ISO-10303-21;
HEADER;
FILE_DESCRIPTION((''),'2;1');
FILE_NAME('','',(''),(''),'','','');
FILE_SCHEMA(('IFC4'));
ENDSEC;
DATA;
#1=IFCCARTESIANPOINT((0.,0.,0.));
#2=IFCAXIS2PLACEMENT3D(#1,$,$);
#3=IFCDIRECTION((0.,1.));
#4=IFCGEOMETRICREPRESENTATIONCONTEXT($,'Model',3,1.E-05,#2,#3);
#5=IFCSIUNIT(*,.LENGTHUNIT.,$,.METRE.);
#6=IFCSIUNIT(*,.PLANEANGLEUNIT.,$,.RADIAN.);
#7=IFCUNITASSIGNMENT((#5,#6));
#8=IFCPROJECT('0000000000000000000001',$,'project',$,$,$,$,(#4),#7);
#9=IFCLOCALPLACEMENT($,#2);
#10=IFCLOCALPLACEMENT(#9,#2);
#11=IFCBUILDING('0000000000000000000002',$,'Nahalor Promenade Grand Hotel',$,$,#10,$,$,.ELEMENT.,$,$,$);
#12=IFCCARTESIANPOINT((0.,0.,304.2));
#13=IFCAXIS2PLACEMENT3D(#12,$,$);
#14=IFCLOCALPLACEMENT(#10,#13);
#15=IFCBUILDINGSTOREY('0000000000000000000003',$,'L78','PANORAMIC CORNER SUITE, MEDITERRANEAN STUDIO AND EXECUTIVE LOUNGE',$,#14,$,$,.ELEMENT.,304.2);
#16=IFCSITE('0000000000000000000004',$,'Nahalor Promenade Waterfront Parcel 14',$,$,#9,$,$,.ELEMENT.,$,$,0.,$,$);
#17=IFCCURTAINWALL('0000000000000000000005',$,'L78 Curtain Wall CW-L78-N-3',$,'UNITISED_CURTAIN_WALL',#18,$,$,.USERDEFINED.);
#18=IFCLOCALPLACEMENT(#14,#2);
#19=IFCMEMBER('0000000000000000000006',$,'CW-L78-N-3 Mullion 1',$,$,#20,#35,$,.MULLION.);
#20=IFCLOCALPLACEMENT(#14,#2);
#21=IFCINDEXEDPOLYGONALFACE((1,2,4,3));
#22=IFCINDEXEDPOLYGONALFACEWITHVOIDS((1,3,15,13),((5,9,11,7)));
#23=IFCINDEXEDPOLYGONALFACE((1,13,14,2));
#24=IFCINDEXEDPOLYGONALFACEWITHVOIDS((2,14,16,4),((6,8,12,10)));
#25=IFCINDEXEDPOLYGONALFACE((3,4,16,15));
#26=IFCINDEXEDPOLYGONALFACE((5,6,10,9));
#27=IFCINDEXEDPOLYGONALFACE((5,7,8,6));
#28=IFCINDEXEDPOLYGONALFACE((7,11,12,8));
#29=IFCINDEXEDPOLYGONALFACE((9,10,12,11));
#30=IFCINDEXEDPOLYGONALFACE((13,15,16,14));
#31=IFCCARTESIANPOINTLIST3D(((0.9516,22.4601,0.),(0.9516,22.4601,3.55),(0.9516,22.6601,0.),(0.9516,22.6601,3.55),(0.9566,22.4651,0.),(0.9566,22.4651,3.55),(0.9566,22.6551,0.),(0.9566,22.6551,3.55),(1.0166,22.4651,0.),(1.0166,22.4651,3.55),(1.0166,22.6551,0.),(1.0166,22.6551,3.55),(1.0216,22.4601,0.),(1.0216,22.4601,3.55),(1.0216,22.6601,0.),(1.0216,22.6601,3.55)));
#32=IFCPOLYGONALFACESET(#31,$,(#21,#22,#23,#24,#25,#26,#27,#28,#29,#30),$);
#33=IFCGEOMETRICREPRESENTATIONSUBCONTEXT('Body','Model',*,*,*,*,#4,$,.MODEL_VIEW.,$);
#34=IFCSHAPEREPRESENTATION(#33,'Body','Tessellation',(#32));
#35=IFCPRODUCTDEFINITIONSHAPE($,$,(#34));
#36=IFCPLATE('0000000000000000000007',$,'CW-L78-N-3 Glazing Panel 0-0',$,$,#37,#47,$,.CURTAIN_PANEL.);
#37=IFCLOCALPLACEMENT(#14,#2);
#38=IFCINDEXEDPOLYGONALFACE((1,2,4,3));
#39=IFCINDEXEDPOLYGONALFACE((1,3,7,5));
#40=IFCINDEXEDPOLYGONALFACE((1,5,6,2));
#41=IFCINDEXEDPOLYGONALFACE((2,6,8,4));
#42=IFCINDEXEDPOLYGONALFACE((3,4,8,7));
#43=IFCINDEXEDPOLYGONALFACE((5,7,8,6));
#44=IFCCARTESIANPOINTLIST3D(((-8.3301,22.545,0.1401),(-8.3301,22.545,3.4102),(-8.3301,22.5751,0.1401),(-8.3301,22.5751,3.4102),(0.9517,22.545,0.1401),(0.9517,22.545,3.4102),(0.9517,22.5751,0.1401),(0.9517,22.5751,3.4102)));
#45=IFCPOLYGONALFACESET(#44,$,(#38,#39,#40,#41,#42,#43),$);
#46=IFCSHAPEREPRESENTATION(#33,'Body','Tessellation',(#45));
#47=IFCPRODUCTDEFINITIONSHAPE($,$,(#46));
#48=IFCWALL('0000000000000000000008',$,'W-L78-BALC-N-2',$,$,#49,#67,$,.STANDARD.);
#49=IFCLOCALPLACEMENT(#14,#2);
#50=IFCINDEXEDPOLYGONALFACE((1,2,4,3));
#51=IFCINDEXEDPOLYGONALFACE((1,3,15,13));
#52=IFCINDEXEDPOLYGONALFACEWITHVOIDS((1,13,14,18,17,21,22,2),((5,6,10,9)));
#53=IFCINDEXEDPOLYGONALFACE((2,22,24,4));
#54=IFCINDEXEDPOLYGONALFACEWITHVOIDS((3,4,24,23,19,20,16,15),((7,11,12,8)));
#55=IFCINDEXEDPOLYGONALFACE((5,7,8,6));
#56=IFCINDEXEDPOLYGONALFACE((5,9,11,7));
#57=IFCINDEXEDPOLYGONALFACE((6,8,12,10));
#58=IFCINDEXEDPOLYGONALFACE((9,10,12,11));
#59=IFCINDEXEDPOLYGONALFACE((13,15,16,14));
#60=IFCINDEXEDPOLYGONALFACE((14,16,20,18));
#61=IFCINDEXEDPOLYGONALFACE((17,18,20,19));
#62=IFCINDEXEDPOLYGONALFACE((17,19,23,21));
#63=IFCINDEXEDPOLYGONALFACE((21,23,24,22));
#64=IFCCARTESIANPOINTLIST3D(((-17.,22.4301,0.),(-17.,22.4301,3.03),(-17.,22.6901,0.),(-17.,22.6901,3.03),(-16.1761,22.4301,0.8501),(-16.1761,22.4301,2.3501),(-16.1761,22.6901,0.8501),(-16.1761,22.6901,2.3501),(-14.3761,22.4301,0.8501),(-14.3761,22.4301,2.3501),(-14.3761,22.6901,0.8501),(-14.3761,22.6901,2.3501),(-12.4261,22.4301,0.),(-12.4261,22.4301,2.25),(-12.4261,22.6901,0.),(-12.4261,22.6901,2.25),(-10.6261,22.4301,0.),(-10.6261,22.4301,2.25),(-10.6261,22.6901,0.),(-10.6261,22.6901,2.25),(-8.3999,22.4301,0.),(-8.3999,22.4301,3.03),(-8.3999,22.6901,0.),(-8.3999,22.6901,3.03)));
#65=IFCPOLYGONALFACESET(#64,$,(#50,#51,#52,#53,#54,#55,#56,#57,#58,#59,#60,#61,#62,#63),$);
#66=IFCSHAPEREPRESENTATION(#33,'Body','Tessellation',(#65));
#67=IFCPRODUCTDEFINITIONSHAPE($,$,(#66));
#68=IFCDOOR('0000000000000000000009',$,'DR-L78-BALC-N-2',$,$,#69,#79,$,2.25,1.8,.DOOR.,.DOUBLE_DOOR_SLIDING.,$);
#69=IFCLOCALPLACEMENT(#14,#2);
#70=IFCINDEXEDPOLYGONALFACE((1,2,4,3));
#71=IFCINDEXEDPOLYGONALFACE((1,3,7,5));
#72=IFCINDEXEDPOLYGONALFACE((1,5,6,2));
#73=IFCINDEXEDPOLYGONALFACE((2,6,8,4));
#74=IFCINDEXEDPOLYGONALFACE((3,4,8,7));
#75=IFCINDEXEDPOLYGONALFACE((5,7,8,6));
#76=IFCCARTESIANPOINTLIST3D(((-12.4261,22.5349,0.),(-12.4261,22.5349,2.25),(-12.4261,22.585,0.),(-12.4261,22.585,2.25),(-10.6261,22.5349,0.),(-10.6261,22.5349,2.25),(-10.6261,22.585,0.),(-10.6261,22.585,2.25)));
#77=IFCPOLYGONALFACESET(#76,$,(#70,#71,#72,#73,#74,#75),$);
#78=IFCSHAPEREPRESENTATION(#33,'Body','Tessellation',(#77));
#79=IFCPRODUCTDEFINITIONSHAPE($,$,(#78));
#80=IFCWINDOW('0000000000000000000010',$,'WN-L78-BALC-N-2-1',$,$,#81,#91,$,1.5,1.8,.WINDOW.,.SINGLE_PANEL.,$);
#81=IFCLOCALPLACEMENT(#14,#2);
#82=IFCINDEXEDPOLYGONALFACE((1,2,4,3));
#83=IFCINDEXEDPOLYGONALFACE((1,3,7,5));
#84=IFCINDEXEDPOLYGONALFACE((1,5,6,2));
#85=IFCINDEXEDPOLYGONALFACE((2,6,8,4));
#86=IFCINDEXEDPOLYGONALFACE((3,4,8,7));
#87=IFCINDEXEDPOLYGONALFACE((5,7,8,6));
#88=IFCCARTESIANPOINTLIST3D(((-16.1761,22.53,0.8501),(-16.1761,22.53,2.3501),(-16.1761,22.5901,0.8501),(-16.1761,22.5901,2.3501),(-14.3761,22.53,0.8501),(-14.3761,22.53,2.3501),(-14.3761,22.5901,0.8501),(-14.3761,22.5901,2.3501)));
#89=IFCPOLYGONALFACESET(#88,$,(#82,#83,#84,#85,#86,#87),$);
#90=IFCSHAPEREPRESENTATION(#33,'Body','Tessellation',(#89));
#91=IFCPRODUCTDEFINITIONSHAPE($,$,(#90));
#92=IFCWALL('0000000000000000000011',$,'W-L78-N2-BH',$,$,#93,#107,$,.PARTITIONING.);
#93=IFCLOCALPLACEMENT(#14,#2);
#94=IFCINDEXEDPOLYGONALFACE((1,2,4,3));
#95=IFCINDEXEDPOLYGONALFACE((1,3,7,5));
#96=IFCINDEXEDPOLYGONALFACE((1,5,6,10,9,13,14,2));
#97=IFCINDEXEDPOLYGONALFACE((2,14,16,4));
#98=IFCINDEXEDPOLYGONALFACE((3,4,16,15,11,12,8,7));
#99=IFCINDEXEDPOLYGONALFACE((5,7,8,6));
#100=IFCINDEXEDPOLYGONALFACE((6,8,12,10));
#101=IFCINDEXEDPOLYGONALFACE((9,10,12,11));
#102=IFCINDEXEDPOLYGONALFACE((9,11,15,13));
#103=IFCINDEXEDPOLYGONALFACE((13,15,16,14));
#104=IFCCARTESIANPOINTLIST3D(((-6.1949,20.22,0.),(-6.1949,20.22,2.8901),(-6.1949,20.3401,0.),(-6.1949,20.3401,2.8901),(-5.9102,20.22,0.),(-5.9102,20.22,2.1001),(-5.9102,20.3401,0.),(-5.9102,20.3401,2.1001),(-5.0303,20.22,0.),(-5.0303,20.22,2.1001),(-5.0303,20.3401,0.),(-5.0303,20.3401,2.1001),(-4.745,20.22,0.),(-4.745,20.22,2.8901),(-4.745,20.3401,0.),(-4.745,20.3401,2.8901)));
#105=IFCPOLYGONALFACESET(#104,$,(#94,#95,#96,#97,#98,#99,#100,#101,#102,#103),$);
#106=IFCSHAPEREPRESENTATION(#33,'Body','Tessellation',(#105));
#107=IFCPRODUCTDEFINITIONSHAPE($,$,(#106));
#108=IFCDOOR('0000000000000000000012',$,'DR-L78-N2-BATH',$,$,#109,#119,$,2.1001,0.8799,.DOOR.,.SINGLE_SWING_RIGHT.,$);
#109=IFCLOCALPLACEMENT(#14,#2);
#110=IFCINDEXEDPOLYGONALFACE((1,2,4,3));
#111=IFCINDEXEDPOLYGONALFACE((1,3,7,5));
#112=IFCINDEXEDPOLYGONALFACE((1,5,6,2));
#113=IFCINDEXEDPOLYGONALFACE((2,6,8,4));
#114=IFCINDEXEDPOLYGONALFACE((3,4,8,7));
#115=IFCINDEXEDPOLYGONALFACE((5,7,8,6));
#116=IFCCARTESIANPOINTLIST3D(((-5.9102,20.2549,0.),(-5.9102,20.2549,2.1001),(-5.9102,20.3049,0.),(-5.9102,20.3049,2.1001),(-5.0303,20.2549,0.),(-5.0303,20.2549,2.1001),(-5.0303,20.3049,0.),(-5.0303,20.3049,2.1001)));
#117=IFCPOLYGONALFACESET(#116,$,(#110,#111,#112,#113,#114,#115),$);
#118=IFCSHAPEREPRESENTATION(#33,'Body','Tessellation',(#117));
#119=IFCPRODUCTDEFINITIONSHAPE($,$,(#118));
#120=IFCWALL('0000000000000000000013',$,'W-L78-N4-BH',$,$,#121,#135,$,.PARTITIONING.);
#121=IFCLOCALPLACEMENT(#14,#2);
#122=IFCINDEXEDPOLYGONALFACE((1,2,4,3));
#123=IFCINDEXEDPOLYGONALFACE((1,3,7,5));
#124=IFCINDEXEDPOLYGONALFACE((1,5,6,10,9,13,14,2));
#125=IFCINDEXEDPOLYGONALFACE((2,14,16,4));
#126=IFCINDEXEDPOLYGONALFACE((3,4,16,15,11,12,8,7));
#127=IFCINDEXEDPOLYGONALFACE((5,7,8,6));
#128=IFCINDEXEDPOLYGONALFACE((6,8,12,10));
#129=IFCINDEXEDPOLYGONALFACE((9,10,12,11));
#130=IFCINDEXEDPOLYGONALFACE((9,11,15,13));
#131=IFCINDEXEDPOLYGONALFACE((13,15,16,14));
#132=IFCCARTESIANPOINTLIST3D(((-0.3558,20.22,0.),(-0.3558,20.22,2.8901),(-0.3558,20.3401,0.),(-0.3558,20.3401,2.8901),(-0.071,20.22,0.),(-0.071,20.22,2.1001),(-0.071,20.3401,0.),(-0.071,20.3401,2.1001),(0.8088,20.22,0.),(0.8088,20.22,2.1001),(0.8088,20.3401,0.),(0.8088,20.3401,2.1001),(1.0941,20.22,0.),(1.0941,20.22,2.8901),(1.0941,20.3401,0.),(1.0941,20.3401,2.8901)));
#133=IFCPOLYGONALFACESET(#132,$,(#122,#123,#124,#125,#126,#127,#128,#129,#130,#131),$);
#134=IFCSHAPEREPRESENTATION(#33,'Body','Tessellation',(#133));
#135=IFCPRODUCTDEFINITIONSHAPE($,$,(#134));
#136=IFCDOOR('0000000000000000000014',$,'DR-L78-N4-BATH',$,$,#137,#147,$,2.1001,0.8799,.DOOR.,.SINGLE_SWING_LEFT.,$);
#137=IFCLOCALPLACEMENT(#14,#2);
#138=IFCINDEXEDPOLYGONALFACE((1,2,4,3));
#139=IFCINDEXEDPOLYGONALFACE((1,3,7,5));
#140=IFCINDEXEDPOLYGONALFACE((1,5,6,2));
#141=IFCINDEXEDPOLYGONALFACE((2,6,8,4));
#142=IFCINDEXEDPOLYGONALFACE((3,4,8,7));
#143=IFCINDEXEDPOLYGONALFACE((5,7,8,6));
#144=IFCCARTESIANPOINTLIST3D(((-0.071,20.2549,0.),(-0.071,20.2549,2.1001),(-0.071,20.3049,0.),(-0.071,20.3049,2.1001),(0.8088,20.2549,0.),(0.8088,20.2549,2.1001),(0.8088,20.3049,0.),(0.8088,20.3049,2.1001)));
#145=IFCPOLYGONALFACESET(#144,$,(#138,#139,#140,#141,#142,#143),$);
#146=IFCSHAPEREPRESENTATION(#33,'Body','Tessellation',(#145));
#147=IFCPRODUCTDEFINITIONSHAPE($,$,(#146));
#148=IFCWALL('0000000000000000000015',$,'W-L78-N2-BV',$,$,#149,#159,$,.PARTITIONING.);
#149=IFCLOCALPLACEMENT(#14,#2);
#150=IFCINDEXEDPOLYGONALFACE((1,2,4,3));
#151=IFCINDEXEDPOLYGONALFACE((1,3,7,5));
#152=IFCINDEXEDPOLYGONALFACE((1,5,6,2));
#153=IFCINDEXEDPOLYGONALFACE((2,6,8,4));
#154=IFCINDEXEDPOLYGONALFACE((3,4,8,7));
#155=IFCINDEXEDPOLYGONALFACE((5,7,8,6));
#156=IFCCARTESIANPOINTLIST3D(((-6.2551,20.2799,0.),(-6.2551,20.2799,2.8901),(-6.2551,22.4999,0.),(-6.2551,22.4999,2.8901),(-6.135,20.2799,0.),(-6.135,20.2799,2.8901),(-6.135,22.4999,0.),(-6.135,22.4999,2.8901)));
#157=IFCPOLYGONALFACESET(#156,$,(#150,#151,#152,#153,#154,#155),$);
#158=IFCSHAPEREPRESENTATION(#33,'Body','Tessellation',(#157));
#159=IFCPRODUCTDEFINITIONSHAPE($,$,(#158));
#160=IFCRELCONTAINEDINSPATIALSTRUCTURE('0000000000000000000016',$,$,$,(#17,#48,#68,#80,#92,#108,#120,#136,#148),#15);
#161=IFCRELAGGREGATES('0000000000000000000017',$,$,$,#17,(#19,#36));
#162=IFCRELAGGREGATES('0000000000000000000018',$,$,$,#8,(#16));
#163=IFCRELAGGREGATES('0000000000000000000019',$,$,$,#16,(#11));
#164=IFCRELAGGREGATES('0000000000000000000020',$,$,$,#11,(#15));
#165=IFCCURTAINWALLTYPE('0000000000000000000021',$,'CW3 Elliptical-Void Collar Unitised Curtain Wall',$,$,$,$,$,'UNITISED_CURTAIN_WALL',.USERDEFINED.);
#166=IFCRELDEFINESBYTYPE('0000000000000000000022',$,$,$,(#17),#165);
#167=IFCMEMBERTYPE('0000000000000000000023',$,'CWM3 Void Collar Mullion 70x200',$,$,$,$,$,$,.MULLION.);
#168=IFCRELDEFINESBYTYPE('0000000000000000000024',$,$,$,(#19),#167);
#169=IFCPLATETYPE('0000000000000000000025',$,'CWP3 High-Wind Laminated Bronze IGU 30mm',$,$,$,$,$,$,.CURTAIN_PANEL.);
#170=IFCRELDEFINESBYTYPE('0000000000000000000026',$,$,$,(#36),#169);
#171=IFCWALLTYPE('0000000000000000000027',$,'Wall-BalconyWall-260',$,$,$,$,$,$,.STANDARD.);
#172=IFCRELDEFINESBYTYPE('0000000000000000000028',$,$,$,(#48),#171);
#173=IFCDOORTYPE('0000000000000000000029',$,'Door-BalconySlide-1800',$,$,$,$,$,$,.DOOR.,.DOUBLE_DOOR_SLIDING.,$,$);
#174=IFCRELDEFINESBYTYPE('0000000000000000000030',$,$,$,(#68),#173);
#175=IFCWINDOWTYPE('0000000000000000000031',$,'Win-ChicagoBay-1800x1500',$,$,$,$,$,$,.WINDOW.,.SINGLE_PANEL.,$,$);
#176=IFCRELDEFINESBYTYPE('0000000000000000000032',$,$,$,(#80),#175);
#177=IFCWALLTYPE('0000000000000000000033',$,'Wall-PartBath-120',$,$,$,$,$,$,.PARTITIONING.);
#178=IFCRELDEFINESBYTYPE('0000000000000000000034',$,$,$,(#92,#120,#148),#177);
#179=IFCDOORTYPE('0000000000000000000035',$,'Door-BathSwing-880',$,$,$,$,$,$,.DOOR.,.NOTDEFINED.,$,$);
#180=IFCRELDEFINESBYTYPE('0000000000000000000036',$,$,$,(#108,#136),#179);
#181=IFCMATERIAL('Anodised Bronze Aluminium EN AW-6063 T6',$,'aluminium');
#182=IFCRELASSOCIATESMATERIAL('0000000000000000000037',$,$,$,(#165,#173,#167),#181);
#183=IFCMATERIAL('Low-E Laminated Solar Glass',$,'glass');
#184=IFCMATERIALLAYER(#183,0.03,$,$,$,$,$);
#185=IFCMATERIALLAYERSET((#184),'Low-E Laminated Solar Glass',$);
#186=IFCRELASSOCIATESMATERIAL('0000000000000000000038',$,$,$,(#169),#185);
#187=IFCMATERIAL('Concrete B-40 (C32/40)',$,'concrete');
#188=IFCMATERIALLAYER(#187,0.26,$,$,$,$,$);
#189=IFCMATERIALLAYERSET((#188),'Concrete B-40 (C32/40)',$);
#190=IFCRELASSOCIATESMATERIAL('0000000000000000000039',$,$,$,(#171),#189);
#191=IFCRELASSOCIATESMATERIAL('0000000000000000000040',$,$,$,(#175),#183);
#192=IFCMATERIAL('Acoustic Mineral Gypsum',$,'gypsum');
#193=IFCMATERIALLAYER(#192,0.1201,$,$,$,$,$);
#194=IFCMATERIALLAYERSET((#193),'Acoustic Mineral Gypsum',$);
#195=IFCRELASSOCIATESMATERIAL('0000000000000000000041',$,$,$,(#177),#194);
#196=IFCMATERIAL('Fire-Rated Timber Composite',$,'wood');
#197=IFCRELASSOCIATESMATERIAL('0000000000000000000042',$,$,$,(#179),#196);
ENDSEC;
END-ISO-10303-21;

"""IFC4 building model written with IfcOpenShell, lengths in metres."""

from ifc_helpers import new_model, si_unit, direction, frame, frame_2d, origin, origin_2d, place, context, subcontext, project, spatial, rectangle, hollow_rectangle, extrude, source, transform, mapped, material, layer, layer_set, material_profile, profile_set, type_object, element, fill, aggregate, save


model = new_model("IFC4")

# Units and contexts
model_context = context("Model", 3, precision=1e-05, world=origin(), true_north=direction((0.0, 1.0)))
body_context = subcontext(model_context, "Body", "Model", "MODEL_VIEW")
ifc_project = project(units=[si_unit("LENGTHUNIT", "METRE"), si_unit("PLANEANGLEUNIT", "RADIAN")], contexts=[model_context])

# Site, building, storey
site_placement = place(None, origin())
site = spatial("IfcSite", under=ifc_project, at=site_placement, Name="Nahalor Promenade Waterfront Parcel 14", CompositionType="ELEMENT", RefElevation=0.0)
building_placement = place(site_placement, origin())
building = spatial("IfcBuilding", under=site, at=building_placement, Name="Nahalor Promenade Grand Hotel", CompositionType="ELEMENT")
storey_placement = place(building_placement, frame((0.0, 0.0, 304.2)))
storey = spatial("IfcBuildingStorey", under=building, at=storey_placement, Name="L78", Description="PANORAMIC CORNER SUITE, MEDITERRANEAN STUDIO AND EXECUTIVE LOUNGE", CompositionType="ELEMENT", Elevation=304.2)

# Curtain wall, member, plate
ifc_material_1 = material(Name="Anodised Bronze Aluminium EN AW-6063 T6", Category="aluminium")
curtain_wall_type = type_object("IfcCurtainWallType", Name="CW3 Elliptical-Void Collar Unitised Curtain Wall", ElementType="UNITISED_CURTAIN_WALL", PredefinedType="USERDEFINED", material=ifc_material_1)
curtain_wall_placement = place(storey_placement, origin())
curtain_wall = element("IfcCurtainWall", 1, at=curtain_wall_placement, inside=storey, type_object=curtain_wall_type, Name="L78 Curtain Wall CW-L78-N-3", ObjectType="UNITISED_CURTAIN_WALL", PredefinedType="USERDEFINED")
ifc_material_profile_1 = material_profile(ifc_material_1, hollow_rectangle(XDim=0.07, YDim=0.2, WallThickness=0.005, at=origin_2d()), Name="CWM 70x200x5")
ifc_profile_set_1 = profile_set([ifc_material_profile_1], Name="Anodised Bronze Aluminium EN AW-6063 T6")
member_type_1 = type_object("IfcMemberType", Name="CWM3 Void Collar Mullion 70x200", PredefinedType="MULLION", material=ifc_profile_set_1)
shared_shape_1 = source(origin(), body_context, "Body", "SweptSolid", [
    extrude(hollow_rectangle(XDim=0.07, YDim=0.2, WallThickness=0.005, at=origin_2d()), origin(), (0.0, 0.0, 1.0), 3.55),
])
member_1_placement = place(storey_placement, frame((0.9866, 22.5601, 0.0), z_axis=(0.0, 0.0, 1.0), x_axis=(1.0, 0.0, 0.0)))
member_1 = element("IfcMember", 2, at=member_1_placement, type_object=member_type_1, Name="CW-L78-N-3 Mullion 1", PredefinedType="MULLION", context=body_context, shape_type="MappedRepresentation", body=[
    mapped(shared_shape_1, transform((0.0, 0.0, 0.0), scale=1.0)),
])
ifc_material_2 = material(Name="Low-E Laminated Solar Glass", Category="glass")
ifc_layer_1 = layer(ifc_material_2, 0.03)
ifc_layer_set_1 = layer_set([ifc_layer_1], Name="Low-E Laminated Solar Glass")
plate_type = type_object("IfcPlateType", Name="CWP3 High-Wind Laminated Bronze IGU 30mm", PredefinedType="CURTAIN_PANEL", material=ifc_layer_set_1)
shared_shape_2 = source(origin(), body_context, "Body", "SweptSolid", [
    extrude(rectangle(XDim=9.2817, YDim=0.03, at=origin_2d()), origin(), (0.0, 0.0, 1.0), 3.27),
])
plate_placement = place(storey_placement, frame((-3.6892, 22.5601, 0.1401), z_axis=(0.0, 0.0, 1.0), x_axis=(1.0, 0.0, 0.0)))
plate = element("IfcPlate", 3, at=plate_placement, type_object=plate_type, Name="CW-L78-N-3 Glazing Panel 0-0", PredefinedType="CURTAIN_PANEL", context=body_context, shape_type="MappedRepresentation", body=[
    mapped(shared_shape_2, transform((0.0, 0.0, 0.0), scale=1.0)),
])
aggregate(curtain_wall, [member_1, plate])

# Wall, openings, door, window
ifc_material_3 = material(Name="Concrete B-40 (C32/40)", Category="concrete")
ifc_layer_2 = layer(ifc_material_3, 0.26)
ifc_layer_set_2 = layer_set([ifc_layer_2], Name="Concrete B-40 (C32/40)")
wall_type_1 = type_object("IfcWallType", Name="Wall-BalconyWall-260", PredefinedType="STANDARD", material=ifc_layer_set_2)
shared_shape_3 = source(origin(), body_context, "Body", "SweptSolid", [
    extrude(rectangle(XDim=8.6001, YDim=0.26, at=frame_2d((4.3, 0.0))), origin(), (0.0, 0.0, 1.0), 3.03),
])
wall_1_placement = place(storey_placement, frame((-17.0, 22.5601, 0.0), z_axis=(0.0, 0.0, 1.0), x_axis=(1.0, 0.0, 0.0)))
wall_1 = element("IfcWall", 4, at=wall_1_placement, inside=storey, type_object=wall_type_1, Name="W-L78-BALC-N-2", PredefinedType="STANDARD", context=body_context, shape_type="MappedRepresentation", body=[
    mapped(shared_shape_3, transform((0.0, 0.0, 0.0), scale=1.0)),
])
opening_1_placement = place(wall_1_placement, frame((4.574, 0.0, 0.0)))
opening_1 = element("IfcOpeningElement", 5, at=opening_1_placement, cuts=wall_1, PredefinedType="OPENING", context=body_context, shape_type="SweptSolid", body=[
    extrude(rectangle(XDim=1.8, YDim=2.25, at=frame_2d((0.8999, 1.125))), frame((0.0, 0.1399, 0.0), z_axis=(0.0, -1.0, 0.0), x_axis=(1.0, 0.0, 0.0)), (0.0, 0.0, 1.0), 0.28),
])
opening_2_placement = place(wall_1_placement, frame((0.824, 0.0, 0.8501)))
opening_2 = element("IfcOpeningElement", 6, at=opening_2_placement, cuts=wall_1, PredefinedType="OPENING", context=body_context, shape_type="SweptSolid", body=[
    extrude(rectangle(XDim=1.8, YDim=1.5, at=frame_2d((0.8999, 0.75))), frame((0.0, 0.1399, 0.0), z_axis=(0.0, -1.0, 0.0), x_axis=(1.0, 0.0, 0.0)), (0.0, 0.0, 1.0), 0.28),
])
door_type_1 = type_object("IfcDoorType", Name="Door-BalconySlide-1800", OperationType="DOUBLE_DOOR_SLIDING", PredefinedType="DOOR", material=ifc_material_1)
shared_shape_4 = source(origin(), body_context, "Body", "SweptSolid", [
    extrude(rectangle(XDim=1.8, YDim=2.25, at=frame_2d((0.8999, 1.125))), frame((0.0, 0.0249, 0.0), z_axis=(0.0, -1.0, 0.0), x_axis=(1.0, 0.0, 0.0)), (0.0, 0.0, 1.0), 0.05),
])
door_1_placement = place(opening_1_placement, origin())
door_1 = element("IfcDoor", 7, at=door_1_placement, inside=storey, type_object=door_type_1, Name="DR-L78-BALC-N-2", OperationType="DOUBLE_DOOR_SLIDING", OverallHeight=2.25, OverallWidth=1.8, PredefinedType="DOOR", context=body_context, shape_type="MappedRepresentation", body=[
    mapped(shared_shape_4, transform((0.0, 0.0, 0.0), scale=1.0)),
])
fill(opening_1, door_1)
window_type = type_object("IfcWindowType", Name="Win-ChicagoBay-1800x1500", PartitioningType="SINGLE_PANEL", PredefinedType="WINDOW", material=ifc_material_2)
shared_shape_5 = source(origin(), body_context, "Body", "SweptSolid", [
    extrude(rectangle(XDim=1.8, YDim=1.5, at=frame_2d((0.8999, 0.75))), frame((0.0, 0.03, 0.0), z_axis=(0.0, -1.0, 0.0), x_axis=(1.0, 0.0, 0.0)), (0.0, 0.0, 1.0), 0.0601),
])
window_placement = place(opening_2_placement, origin())
window = element("IfcWindow", 8, at=window_placement, inside=storey, type_object=window_type, Name="WN-L78-BALC-N-2-1", OverallHeight=1.5, OverallWidth=1.8, PartitioningType="SINGLE_PANEL", PredefinedType="WINDOW", context=body_context, shape_type="MappedRepresentation", body=[
    mapped(shared_shape_5, transform((0.0, 0.0, 0.0), scale=1.0)),
])
fill(opening_2, window)

# Walls, openings, doors
ifc_material_4 = material(Name="Acoustic Mineral Gypsum", Category="gypsum")
ifc_layer_3 = layer(ifc_material_4, 0.1201)
ifc_layer_set_3 = layer_set([ifc_layer_3], Name="Acoustic Mineral Gypsum")
wall_type_2 = type_object("IfcWallType", Name="Wall-PartBath-120", PredefinedType="PARTITIONING", material=ifc_layer_set_3)
shared_shape_6 = source(origin(), body_context, "Body", "SweptSolid", [
    extrude(rectangle(XDim=1.45, YDim=0.1201, at=frame_2d((0.7251, 0.0))), origin(), (0.0, 0.0, 1.0), 2.8901),
])
wall_2_placement = place(storey_placement, frame((-6.1951, 20.28, 0.0), z_axis=(0.0, 0.0, 1.0), x_axis=(1.0, 0.0, 0.0)))
wall_2 = element("IfcWall", 9, at=wall_2_placement, inside=storey, type_object=wall_type_2, Name="W-L78-N2-BH", PredefinedType="PARTITIONING", context=body_context, shape_type="MappedRepresentation", body=[
    mapped(shared_shape_6, transform((0.0, 0.0, 0.0), scale=1.0)),
])
opening_3_placement = place(wall_2_placement, frame((0.2849, 0.0, 0.0)))
opening_3 = element("IfcOpeningElement", 10, at=opening_3_placement, cuts=wall_2, PredefinedType="OPENING", context=body_context, shape_type="SweptSolid", body=[
    extrude(rectangle(XDim=0.8799, YDim=2.1001, at=frame_2d((0.4399, 1.05))), frame((0.0, 0.0701, 0.0), z_axis=(0.0, -1.0, 0.0), x_axis=(1.0, 0.0, 0.0)), (0.0, 0.0, 1.0), 0.1401),
])
ifc_material_5 = material(Name="Fire-Rated Timber Composite", Category="wood")
door_type_2 = type_object("IfcDoorType", Name="Door-BathSwing-880", OperationType="NOTDEFINED", PredefinedType="DOOR", material=ifc_material_5)
shared_shape_7 = source(origin(), body_context, "Body", "SweptSolid", [
    extrude(rectangle(XDim=0.8799, YDim=2.1001, at=frame_2d((0.4399, 1.05))), frame((0.0, 0.0249, 0.0), z_axis=(0.0, -1.0, 0.0), x_axis=(1.0, 0.0, 0.0)), (0.0, 0.0, 1.0), 0.05),
])
door_2_placement = place(opening_3_placement, origin())
door_2 = element("IfcDoor", 11, at=door_2_placement, inside=storey, type_object=door_type_2, Name="DR-L78-N2-BATH", OperationType="SINGLE_SWING_RIGHT", OverallHeight=2.1001, OverallWidth=0.8799, PredefinedType="DOOR", context=body_context, shape_type="MappedRepresentation", body=[
    mapped(shared_shape_7, transform((0.0, 0.0, 0.0), scale=1.0)),
])
fill(opening_3, door_2)
wall_3_placement = place(storey_placement, frame((-0.356, 20.28, 0.0), z_axis=(0.0, 0.0, 1.0), x_axis=(1.0, 0.0, 0.0)))
wall_3 = element("IfcWall", 12, at=wall_3_placement, inside=storey, type_object=wall_type_2, Name="W-L78-N4-BH", PredefinedType="PARTITIONING", context=body_context, shape_type="MappedRepresentation", body=[
    mapped(shared_shape_6, transform((0.0, 0.0, 0.0), scale=1.0)),
])
opening_4_placement = place(wall_3_placement, frame((0.2849, 0.0, 0.0)))
opening_4 = element("IfcOpeningElement", 13, at=opening_4_placement, cuts=wall_3, PredefinedType="OPENING", context=body_context, shape_type="SweptSolid", body=[
    extrude(rectangle(XDim=0.8799, YDim=2.1001, at=frame_2d((0.4399, 1.05))), frame((0.0, 0.0701, 0.0), z_axis=(0.0, -1.0, 0.0), x_axis=(1.0, 0.0, 0.0)), (0.0, 0.0, 1.0), 0.1401),
])
door_3_placement = place(opening_4_placement, origin())
door_3 = element("IfcDoor", 14, at=door_3_placement, inside=storey, type_object=door_type_2, Name="DR-L78-N4-BATH", OperationType="SINGLE_SWING_LEFT", OverallHeight=2.1001, OverallWidth=0.8799, PredefinedType="DOOR", context=body_context, shape_type="MappedRepresentation", body=[
    mapped(shared_shape_7, transform((0.0, 0.0, 0.0), scale=1.0)),
])
fill(opening_4, door_3)

# Wall
shared_shape_8 = source(origin(), body_context, "Body", "SweptSolid", [
    extrude(rectangle(XDim=2.22, YDim=0.1201, at=frame_2d((1.1099, 0.0))), origin(), (0.0, 0.0, 1.0), 2.8901),
])
for number, where, z_axis, x_axis, name in (
    (15, (-6.1951, 20.28, 0.0), (0.0, 0.0, 1.0), (0.0, 1.0, 0.0), "W-L78-N2-BV"),
):
    element("IfcWall", number, at=place(storey_placement, frame(where, z_axis=z_axis, x_axis=x_axis)), inside=storey, type_object=wall_type_2, Name=name, PredefinedType="PARTITIONING", context=body_context, shape_type="MappedRepresentation", body=[
        mapped(shared_shape_8, transform((0.0, 0.0, 0.0), scale=1.0)),
    ])

save(model, "model.ifc")
